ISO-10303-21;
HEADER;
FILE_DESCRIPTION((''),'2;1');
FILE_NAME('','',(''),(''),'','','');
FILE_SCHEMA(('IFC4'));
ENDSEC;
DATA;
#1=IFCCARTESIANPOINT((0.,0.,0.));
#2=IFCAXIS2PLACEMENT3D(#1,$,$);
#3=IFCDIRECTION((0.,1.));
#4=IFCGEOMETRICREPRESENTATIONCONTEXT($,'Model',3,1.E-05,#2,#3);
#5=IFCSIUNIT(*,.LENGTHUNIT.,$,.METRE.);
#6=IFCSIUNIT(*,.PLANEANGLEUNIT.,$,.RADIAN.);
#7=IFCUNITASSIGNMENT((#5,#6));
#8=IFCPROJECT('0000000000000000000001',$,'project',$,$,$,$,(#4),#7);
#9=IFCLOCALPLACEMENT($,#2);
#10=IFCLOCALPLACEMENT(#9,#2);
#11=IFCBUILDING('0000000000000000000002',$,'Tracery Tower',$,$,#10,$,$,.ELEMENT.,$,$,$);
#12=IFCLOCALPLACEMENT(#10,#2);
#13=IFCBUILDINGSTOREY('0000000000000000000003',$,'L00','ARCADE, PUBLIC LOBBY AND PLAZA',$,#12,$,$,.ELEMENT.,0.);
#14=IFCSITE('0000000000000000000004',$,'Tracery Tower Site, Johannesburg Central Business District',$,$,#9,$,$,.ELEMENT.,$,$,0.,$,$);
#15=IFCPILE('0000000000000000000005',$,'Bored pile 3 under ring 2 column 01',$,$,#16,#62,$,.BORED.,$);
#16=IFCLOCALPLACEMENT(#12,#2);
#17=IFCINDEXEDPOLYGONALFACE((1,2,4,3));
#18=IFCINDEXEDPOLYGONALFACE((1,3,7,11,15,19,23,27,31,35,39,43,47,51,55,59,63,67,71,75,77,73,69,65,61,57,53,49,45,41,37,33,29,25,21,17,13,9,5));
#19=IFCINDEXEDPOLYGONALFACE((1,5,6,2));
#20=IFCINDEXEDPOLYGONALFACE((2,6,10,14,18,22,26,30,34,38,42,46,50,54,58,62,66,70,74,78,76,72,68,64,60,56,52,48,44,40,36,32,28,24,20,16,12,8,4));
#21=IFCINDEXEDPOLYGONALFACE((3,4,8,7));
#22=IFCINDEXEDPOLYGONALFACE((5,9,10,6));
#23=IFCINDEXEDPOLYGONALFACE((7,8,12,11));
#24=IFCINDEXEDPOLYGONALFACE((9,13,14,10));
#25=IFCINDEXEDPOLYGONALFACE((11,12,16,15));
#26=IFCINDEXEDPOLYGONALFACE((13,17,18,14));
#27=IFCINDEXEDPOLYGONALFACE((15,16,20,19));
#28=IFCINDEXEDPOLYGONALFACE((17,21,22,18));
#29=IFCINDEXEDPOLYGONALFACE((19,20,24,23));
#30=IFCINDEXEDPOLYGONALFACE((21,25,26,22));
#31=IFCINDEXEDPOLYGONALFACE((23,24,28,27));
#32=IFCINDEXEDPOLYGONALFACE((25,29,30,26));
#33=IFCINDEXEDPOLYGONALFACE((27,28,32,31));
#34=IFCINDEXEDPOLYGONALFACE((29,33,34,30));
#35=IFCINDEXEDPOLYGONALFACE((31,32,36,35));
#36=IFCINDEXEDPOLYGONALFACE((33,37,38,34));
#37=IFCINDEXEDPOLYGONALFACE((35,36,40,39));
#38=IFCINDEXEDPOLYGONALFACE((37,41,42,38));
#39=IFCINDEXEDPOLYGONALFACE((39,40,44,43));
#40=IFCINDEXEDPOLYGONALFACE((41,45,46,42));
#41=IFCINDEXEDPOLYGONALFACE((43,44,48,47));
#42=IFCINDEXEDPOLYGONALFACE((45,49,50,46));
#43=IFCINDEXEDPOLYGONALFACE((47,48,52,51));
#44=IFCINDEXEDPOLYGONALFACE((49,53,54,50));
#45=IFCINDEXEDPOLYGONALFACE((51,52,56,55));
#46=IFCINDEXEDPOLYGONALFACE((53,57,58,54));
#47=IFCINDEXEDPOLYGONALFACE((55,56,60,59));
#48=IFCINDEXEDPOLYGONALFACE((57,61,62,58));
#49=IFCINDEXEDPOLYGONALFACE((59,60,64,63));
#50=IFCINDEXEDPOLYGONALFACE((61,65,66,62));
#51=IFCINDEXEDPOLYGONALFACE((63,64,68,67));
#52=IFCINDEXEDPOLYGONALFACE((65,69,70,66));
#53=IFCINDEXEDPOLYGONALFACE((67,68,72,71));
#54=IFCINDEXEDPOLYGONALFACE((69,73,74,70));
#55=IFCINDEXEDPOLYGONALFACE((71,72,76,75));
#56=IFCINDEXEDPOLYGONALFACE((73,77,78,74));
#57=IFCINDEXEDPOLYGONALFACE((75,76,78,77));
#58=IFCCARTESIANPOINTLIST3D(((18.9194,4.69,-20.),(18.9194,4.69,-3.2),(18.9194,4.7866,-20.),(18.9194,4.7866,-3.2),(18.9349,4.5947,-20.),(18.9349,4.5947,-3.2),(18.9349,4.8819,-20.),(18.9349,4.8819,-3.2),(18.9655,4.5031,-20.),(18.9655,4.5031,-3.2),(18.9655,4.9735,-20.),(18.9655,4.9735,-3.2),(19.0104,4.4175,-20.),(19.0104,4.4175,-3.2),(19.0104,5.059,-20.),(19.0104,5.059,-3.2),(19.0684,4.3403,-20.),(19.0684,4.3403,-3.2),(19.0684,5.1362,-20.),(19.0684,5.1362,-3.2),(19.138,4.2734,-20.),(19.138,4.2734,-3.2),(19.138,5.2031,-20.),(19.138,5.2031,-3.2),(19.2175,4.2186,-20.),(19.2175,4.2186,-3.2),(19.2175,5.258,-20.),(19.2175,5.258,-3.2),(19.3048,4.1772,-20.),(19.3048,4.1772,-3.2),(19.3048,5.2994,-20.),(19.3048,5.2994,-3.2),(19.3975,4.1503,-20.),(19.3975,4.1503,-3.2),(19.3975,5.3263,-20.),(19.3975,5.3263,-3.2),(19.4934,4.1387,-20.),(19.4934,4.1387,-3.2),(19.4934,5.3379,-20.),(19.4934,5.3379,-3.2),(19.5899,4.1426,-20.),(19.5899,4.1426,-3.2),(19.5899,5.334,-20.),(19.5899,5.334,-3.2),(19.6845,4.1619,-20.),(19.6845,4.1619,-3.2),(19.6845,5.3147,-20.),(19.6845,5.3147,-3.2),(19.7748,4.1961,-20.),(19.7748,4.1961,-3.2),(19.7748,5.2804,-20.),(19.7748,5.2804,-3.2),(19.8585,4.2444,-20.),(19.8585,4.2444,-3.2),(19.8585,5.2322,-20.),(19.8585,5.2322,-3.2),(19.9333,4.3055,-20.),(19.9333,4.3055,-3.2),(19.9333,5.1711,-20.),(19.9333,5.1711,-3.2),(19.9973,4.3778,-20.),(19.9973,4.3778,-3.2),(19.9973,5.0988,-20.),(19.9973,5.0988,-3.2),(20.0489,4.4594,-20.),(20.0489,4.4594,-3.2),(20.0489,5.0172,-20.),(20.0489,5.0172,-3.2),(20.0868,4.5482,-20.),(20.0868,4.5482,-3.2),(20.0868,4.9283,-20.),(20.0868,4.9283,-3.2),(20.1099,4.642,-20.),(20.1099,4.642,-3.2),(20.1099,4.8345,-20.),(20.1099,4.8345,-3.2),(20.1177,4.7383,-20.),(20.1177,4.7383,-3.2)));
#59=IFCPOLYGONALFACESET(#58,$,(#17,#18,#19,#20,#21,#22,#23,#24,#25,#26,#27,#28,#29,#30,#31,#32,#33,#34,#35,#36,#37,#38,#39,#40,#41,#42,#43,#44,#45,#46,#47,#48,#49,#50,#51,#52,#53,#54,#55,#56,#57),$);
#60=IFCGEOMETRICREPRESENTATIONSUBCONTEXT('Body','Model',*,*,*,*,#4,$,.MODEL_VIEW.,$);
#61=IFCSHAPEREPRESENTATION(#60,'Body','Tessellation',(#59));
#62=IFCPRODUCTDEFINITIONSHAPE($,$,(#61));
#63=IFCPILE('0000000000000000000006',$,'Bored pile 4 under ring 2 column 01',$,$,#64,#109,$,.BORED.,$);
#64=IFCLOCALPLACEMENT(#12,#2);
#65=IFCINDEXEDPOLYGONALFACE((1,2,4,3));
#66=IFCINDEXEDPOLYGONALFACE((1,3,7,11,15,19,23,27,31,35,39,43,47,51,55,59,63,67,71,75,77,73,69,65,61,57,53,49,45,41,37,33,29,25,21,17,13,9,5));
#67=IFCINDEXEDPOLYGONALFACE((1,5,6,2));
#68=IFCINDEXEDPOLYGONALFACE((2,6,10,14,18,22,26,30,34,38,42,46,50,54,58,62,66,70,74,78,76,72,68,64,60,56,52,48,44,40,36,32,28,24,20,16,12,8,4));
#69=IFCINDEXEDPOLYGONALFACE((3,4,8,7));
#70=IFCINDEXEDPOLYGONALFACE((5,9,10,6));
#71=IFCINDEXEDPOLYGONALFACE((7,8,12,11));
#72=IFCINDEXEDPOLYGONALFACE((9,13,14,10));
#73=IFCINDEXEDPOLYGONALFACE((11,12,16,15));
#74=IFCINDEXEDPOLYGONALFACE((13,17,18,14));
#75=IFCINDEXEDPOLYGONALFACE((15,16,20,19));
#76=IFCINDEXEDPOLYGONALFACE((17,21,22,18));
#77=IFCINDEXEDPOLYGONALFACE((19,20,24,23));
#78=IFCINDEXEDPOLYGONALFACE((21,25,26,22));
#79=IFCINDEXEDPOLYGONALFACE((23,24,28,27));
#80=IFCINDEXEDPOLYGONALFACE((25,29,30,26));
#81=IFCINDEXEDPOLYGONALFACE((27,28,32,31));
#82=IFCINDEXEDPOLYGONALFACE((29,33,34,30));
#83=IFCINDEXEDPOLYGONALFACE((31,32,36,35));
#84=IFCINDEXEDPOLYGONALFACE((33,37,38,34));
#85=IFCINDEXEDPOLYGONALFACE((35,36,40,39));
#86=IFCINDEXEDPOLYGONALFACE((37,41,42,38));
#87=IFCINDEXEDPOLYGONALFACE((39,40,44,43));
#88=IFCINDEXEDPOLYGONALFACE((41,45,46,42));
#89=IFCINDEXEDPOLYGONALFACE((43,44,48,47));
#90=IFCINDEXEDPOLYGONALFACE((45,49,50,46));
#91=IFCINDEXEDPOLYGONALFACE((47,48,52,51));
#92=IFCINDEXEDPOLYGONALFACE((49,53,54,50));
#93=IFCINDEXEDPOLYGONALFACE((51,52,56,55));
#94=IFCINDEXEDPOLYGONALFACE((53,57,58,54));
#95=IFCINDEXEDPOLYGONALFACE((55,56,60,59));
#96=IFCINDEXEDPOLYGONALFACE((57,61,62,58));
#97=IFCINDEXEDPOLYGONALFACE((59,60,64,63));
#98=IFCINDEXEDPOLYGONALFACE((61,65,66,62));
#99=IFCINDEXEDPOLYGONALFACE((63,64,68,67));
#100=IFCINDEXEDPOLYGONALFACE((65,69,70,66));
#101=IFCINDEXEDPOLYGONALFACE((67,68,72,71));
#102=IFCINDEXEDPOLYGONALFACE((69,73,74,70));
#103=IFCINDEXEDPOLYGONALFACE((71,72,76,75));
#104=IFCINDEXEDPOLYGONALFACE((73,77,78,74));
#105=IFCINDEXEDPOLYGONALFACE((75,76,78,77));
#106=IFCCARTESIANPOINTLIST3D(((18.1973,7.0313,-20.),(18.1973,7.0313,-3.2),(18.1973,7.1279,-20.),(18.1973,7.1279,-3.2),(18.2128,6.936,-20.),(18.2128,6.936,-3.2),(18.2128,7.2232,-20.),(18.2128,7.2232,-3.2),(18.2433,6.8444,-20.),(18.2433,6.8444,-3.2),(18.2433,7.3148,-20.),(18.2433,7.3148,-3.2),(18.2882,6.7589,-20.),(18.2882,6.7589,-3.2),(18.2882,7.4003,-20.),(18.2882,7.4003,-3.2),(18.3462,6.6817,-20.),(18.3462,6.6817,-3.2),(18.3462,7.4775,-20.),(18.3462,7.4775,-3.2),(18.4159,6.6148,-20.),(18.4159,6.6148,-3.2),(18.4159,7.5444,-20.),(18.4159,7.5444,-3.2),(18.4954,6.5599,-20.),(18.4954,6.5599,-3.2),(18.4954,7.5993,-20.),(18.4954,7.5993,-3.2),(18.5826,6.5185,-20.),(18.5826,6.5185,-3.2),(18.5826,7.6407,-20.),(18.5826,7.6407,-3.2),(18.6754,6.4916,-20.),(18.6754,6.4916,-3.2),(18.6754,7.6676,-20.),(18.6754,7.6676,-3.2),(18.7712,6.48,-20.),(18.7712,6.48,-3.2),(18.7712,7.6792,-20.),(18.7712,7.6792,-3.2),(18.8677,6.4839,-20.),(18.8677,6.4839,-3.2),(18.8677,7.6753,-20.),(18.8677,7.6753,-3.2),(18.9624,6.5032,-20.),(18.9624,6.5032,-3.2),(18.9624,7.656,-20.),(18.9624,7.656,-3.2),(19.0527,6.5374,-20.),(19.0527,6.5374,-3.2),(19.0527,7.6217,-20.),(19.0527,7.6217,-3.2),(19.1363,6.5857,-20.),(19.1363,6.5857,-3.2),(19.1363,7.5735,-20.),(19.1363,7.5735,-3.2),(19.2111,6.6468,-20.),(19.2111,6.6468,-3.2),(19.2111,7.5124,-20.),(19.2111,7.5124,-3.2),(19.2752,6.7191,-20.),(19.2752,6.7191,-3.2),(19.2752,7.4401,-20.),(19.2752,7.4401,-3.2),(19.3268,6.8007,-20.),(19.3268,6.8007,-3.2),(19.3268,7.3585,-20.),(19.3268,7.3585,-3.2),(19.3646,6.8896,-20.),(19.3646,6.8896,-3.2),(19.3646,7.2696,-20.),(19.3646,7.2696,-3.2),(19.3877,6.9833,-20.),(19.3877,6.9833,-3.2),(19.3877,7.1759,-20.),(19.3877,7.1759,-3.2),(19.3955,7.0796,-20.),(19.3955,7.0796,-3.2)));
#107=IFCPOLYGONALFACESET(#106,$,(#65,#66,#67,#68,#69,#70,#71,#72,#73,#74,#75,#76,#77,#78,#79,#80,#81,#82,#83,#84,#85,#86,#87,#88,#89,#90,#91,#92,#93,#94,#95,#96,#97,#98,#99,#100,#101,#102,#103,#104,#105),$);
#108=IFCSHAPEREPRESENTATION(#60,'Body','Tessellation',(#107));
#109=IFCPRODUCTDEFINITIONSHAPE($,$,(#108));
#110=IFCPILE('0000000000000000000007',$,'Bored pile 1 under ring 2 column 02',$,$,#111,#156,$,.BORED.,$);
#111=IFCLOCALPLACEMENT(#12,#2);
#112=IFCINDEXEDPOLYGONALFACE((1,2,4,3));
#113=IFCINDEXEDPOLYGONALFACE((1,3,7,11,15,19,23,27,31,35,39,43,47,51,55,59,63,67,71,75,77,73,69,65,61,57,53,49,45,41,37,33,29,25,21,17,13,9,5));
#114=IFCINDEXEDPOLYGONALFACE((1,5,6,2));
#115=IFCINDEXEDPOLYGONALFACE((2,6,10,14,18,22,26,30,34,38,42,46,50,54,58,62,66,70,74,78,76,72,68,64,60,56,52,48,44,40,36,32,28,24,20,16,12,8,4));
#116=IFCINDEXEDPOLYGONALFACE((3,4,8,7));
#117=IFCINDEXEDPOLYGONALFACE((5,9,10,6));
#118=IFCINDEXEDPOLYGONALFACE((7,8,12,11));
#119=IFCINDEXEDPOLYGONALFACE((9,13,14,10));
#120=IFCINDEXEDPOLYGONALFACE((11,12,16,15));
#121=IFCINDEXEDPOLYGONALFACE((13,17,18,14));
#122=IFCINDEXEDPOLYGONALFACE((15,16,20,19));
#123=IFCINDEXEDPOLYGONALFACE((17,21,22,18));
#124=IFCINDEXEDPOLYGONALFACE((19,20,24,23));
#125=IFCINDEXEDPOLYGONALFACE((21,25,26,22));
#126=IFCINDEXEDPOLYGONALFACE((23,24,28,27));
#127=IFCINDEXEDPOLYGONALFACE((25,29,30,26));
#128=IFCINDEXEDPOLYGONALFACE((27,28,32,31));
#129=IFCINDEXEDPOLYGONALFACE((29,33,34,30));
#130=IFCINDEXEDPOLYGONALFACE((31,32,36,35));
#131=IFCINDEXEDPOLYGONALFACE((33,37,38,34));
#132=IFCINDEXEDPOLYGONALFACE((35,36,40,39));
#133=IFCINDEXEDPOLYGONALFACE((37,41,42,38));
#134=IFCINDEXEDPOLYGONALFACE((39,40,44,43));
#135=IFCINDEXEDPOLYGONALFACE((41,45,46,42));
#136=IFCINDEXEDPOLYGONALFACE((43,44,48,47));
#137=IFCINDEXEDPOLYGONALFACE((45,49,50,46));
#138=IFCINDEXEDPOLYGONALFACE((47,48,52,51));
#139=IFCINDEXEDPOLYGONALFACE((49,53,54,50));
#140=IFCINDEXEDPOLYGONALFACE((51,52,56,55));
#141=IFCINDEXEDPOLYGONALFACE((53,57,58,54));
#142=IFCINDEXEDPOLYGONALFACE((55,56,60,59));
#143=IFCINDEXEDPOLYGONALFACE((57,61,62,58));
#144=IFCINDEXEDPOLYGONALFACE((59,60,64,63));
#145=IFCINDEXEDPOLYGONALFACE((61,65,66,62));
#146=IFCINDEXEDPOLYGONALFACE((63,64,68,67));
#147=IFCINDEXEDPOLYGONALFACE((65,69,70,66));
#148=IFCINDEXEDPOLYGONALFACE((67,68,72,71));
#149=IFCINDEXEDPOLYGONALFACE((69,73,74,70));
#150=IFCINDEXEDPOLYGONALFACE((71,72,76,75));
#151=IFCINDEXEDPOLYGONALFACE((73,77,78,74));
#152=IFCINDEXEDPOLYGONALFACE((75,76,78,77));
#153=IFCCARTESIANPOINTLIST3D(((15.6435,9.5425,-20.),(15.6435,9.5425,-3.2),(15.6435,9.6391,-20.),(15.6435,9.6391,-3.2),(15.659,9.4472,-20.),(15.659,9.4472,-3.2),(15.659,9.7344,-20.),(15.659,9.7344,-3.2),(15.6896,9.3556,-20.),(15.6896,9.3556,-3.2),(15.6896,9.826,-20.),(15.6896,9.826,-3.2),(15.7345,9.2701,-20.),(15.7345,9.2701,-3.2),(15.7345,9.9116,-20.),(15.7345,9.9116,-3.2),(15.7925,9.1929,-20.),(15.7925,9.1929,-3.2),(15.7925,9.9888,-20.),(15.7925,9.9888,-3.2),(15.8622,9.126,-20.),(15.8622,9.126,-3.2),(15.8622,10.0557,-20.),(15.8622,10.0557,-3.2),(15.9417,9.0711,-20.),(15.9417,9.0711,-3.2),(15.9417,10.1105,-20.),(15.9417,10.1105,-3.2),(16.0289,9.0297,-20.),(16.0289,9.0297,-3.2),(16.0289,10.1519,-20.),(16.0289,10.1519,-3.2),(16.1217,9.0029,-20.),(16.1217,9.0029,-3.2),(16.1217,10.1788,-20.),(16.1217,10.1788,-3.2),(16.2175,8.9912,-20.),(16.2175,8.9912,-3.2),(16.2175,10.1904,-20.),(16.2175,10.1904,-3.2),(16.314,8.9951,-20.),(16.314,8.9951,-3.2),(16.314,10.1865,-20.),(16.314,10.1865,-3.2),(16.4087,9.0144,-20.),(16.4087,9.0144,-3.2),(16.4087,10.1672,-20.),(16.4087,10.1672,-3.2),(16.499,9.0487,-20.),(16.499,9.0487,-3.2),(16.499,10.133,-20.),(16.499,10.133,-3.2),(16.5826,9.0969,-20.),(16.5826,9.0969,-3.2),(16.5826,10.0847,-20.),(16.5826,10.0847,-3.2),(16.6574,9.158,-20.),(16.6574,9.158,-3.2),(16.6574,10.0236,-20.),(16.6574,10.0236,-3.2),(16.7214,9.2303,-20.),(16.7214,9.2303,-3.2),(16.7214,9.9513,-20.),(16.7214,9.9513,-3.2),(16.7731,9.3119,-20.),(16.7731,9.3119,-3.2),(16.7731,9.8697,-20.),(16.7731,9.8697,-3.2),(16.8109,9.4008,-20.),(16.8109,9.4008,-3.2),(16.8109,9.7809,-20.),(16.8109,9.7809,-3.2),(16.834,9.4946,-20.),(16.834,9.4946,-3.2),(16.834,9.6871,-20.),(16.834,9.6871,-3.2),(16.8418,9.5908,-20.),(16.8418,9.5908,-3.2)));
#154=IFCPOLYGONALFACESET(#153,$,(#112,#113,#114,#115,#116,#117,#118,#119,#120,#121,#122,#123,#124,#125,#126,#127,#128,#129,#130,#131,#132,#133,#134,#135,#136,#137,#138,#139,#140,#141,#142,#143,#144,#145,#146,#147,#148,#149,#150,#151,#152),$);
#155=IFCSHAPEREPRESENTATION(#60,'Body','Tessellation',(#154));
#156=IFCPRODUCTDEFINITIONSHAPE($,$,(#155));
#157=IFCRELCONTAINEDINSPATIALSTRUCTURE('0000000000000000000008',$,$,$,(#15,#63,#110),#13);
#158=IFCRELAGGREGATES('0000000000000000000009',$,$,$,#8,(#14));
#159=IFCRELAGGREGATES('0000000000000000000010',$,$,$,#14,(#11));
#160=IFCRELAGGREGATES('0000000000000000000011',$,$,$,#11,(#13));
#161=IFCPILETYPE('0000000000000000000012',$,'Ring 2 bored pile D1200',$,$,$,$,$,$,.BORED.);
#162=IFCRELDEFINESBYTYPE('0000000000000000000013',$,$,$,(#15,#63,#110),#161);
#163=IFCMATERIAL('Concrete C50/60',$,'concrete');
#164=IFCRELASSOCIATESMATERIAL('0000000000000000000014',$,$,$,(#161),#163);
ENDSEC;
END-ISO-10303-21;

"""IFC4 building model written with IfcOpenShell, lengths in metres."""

from ifc_helpers import new_model, si_unit, direction, frame, origin, origin_2d, place, context, subcontext, project, spatial, circle, extrude, material, material_profile, profile_set, type_object, element, save


model = new_model("IFC4")

# Units and contexts
model_context = context("Model", 3, precision=1e-05, world=origin(), true_north=direction((0.0, 1.0)))
body_context = subcontext(model_context, "Body", "Model", "MODEL_VIEW")
ifc_project = project(units=[si_unit("LENGTHUNIT", "METRE"), si_unit("PLANEANGLEUNIT", "RADIAN")], contexts=[model_context])

# Site, building, storey
site_placement = place(None, origin())
site = spatial("IfcSite", under=ifc_project, at=site_placement, Name="Tracery Tower Site, Johannesburg Central Business District", CompositionType="ELEMENT", RefElevation=0.0)
building_placement = place(site_placement, origin())
building = spatial("IfcBuilding", under=site, at=building_placement, Name="Tracery Tower", CompositionType="ELEMENT")
storey_placement = place(building_placement, origin())
storey = spatial("IfcBuildingStorey", under=building, at=storey_placement, Name="L00", Description="ARCADE, PUBLIC LOBBY AND PLAZA", CompositionType="ELEMENT", Elevation=0.0)

# Piles
ifc_material_1 = material(Name="Concrete C50/60", Category="concrete")
ifc_material_profile_1 = material_profile(ifc_material_1, circle(Radius=0.6001, at=origin_2d()), Name="RC D1200")
ifc_profile_set_1 = profile_set([ifc_material_profile_1], Name="Concrete C50/60")
pile_type = type_object("IfcPileType", Name="Ring 2 bored pile D1200", PredefinedType="BORED", material=ifc_profile_set_1)
for number, where, z_axis, x_axis, name in (
    (1, (19.5176, 4.7383, -3.2), (0.0, 0.0, -1.0), (1.0, 0.0, 0.0), "Bored pile 3 under ring 2 column 01"),
    (2, (18.7954, 7.0796, -3.2), (0.0, 0.0, -1.0), (1.0, 0.0, 0.0), "Bored pile 4 under ring 2 column 01"),
    (3, (16.2417, 9.5908, -3.2), (0.0, 0.0, -1.0), (1.0, 0.0, 0.0), "Bored pile 1 under ring 2 column 02"),
):
    element("IfcPile", number, at=place(storey_placement, frame(where, z_axis=z_axis, x_axis=x_axis)), inside=storey, type_object=pile_type, Name=name, PredefinedType="BORED", context=body_context, shape_type="SweptSolid", body=[
        extrude(circle(Radius=0.6001, at=origin_2d()), origin(), (0.0, 0.0, 1.0), 16.8),
    ])

save(model, "model.ifc")
